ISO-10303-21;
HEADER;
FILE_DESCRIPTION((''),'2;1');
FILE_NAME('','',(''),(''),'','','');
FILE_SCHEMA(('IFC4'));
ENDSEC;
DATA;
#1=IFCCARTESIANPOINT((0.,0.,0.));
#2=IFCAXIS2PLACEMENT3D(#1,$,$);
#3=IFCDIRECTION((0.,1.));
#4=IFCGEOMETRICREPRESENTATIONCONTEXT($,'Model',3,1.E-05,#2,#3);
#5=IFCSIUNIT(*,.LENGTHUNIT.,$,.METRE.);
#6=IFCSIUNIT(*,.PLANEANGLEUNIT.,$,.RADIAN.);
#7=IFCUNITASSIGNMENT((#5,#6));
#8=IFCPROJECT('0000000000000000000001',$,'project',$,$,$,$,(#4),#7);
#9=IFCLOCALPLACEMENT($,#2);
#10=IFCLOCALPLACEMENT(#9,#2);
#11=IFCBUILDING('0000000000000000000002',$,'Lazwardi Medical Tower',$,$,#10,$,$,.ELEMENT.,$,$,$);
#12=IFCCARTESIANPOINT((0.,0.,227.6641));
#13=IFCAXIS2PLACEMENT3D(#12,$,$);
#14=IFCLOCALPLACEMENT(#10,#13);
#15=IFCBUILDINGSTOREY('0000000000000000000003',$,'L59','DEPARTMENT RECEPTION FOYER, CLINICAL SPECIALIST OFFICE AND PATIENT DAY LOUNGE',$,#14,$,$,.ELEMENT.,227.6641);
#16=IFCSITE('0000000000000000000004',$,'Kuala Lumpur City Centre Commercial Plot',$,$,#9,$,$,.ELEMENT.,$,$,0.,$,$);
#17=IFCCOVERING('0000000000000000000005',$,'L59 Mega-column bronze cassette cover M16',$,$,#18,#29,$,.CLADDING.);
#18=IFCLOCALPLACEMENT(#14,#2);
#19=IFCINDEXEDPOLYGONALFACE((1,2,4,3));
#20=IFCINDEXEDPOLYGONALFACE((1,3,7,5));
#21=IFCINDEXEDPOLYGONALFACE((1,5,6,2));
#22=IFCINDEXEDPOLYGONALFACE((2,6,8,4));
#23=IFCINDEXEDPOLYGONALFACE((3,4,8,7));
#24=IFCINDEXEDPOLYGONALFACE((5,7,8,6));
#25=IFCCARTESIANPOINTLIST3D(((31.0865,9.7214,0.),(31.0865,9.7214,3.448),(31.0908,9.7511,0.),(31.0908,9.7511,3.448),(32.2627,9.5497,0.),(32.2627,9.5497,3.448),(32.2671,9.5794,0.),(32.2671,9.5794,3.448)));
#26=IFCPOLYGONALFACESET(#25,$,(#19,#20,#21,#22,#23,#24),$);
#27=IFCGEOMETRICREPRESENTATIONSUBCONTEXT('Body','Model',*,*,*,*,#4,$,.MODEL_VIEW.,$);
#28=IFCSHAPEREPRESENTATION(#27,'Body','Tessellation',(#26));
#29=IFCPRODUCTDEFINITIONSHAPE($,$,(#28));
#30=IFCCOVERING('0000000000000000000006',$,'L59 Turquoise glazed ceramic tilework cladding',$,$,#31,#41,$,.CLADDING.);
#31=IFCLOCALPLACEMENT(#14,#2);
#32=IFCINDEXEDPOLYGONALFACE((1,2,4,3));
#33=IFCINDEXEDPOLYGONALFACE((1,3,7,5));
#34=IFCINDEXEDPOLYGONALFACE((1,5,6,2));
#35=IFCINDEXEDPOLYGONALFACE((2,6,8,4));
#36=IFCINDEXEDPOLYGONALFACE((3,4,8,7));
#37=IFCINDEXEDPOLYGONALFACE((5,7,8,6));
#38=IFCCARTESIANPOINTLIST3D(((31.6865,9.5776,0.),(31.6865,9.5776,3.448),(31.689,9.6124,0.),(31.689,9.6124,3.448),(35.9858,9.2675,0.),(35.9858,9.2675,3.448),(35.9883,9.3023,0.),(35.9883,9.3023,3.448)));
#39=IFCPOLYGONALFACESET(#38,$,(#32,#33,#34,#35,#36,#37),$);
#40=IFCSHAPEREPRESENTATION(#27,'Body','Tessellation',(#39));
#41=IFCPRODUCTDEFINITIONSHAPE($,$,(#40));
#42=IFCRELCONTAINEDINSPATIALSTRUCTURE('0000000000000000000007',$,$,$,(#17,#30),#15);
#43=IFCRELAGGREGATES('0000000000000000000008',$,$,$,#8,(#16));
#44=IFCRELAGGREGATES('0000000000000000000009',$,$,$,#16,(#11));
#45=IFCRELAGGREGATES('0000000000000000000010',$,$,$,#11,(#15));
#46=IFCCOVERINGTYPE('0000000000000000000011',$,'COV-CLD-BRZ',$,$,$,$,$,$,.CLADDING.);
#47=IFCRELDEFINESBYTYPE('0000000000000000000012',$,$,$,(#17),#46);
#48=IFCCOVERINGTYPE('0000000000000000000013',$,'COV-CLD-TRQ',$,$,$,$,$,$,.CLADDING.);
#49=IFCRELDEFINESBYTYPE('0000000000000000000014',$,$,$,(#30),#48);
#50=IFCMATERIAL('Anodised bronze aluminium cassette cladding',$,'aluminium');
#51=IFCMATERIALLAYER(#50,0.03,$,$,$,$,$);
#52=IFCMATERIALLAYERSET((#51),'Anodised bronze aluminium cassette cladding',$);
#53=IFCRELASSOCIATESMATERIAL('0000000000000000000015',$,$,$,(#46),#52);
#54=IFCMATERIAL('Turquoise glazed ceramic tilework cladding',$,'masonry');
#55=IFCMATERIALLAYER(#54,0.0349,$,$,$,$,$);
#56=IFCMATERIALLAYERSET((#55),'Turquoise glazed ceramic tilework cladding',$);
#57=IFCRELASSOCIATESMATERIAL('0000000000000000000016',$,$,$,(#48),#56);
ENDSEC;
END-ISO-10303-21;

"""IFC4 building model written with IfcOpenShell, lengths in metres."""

from ifc_helpers import new_model, si_unit, direction, frame, origin, origin_2d, place, context, subcontext, project, spatial, rectangle, extrude, material, layer, layer_set, type_object, element, save


model = new_model("IFC4")

# Units and contexts
model_context = context("Model", 3, precision=1e-05, world=origin(), true_north=direction((0.0, 1.0)))
body_context = subcontext(model_context, "Body", "Model", "MODEL_VIEW")
ifc_project = project(units=[si_unit("LENGTHUNIT", "METRE"), si_unit("PLANEANGLEUNIT", "RADIAN")], contexts=[model_context])

# Site, building, storey
site_placement = place(None, origin())
site = spatial("IfcSite", under=ifc_project, at=site_placement, Name="Kuala Lumpur City Centre Commercial Plot", CompositionType="ELEMENT", RefElevation=0.0)
building_placement = place(site_placement, origin())
building = spatial("IfcBuilding", under=site, at=building_placement, Name="Lazwardi Medical Tower", CompositionType="ELEMENT")
storey_placement = place(building_placement, frame((0.0, 0.0, 227.6641)))
storey = spatial("IfcBuildingStorey", under=building, at=storey_placement, Name="L59", Description="DEPARTMENT RECEPTION FOYER, CLINICAL SPECIALIST OFFICE AND PATIENT DAY LOUNGE", CompositionType="ELEMENT", Elevation=227.6641)

# Coverings
ifc_material_1 = material(Name="Anodised bronze aluminium cassette cladding", Category="aluminium")
ifc_layer_1 = layer(ifc_material_1, 0.03)
ifc_layer_set_1 = layer_set([ifc_layer_1], Name="Anodised bronze aluminium cassette cladding")
covering_type_1 = type_object("IfcCoveringType", Name="COV-CLD-BRZ", PredefinedType="CLADDING", material=ifc_layer_set_1)
covering_1_placement = place(storey_placement, frame((31.6768, 9.6504, 0.0), z_axis=(0.0, 0.0, 1.0), x_axis=(0.989512, -0.144448, 0.0)))
element("IfcCovering", 1, at=covering_1_placement, inside=storey, type_object=covering_type_1, Name="L59 Mega-column bronze cassette cover M16", PredefinedType="CLADDING", context=body_context, shape_type="SweptSolid", body=[
    extrude(rectangle(XDim=1.1887, YDim=0.03, at=origin_2d()), origin(), (0.0, 0.0, 1.0), 3.448),
])
ifc_material_2 = material(Name="Turquoise glazed ceramic tilework cladding", Category="masonry")
ifc_layer_2 = layer(ifc_material_2, 0.0349)
ifc_layer_set_2 = layer_set([ifc_layer_2], Name="Turquoise glazed ceramic tilework cladding")
covering_type_2 = type_object("IfcCoveringType", Name="COV-CLD-TRQ", PredefinedType="CLADDING", material=ifc_layer_set_2)
covering_2_placement = place(storey_placement, frame((33.8374, 9.4399, 0.0), z_axis=(0.0, 0.0, 1.0), x_axis=(0.997409, -0.07194, 0.0)))
element("IfcCovering", 2, at=covering_2_placement, inside=storey, type_object=covering_type_2, Name="L59 Turquoise glazed ceramic tilework cladding", PredefinedType="CLADDING", context=body_context, shape_type="SweptSolid", body=[
    extrude(rectangle(XDim=4.3105, YDim=0.0349, at=origin_2d()), origin(), (0.0, 0.0, 1.0), 3.448),
])

save(model, "model.ifc")
